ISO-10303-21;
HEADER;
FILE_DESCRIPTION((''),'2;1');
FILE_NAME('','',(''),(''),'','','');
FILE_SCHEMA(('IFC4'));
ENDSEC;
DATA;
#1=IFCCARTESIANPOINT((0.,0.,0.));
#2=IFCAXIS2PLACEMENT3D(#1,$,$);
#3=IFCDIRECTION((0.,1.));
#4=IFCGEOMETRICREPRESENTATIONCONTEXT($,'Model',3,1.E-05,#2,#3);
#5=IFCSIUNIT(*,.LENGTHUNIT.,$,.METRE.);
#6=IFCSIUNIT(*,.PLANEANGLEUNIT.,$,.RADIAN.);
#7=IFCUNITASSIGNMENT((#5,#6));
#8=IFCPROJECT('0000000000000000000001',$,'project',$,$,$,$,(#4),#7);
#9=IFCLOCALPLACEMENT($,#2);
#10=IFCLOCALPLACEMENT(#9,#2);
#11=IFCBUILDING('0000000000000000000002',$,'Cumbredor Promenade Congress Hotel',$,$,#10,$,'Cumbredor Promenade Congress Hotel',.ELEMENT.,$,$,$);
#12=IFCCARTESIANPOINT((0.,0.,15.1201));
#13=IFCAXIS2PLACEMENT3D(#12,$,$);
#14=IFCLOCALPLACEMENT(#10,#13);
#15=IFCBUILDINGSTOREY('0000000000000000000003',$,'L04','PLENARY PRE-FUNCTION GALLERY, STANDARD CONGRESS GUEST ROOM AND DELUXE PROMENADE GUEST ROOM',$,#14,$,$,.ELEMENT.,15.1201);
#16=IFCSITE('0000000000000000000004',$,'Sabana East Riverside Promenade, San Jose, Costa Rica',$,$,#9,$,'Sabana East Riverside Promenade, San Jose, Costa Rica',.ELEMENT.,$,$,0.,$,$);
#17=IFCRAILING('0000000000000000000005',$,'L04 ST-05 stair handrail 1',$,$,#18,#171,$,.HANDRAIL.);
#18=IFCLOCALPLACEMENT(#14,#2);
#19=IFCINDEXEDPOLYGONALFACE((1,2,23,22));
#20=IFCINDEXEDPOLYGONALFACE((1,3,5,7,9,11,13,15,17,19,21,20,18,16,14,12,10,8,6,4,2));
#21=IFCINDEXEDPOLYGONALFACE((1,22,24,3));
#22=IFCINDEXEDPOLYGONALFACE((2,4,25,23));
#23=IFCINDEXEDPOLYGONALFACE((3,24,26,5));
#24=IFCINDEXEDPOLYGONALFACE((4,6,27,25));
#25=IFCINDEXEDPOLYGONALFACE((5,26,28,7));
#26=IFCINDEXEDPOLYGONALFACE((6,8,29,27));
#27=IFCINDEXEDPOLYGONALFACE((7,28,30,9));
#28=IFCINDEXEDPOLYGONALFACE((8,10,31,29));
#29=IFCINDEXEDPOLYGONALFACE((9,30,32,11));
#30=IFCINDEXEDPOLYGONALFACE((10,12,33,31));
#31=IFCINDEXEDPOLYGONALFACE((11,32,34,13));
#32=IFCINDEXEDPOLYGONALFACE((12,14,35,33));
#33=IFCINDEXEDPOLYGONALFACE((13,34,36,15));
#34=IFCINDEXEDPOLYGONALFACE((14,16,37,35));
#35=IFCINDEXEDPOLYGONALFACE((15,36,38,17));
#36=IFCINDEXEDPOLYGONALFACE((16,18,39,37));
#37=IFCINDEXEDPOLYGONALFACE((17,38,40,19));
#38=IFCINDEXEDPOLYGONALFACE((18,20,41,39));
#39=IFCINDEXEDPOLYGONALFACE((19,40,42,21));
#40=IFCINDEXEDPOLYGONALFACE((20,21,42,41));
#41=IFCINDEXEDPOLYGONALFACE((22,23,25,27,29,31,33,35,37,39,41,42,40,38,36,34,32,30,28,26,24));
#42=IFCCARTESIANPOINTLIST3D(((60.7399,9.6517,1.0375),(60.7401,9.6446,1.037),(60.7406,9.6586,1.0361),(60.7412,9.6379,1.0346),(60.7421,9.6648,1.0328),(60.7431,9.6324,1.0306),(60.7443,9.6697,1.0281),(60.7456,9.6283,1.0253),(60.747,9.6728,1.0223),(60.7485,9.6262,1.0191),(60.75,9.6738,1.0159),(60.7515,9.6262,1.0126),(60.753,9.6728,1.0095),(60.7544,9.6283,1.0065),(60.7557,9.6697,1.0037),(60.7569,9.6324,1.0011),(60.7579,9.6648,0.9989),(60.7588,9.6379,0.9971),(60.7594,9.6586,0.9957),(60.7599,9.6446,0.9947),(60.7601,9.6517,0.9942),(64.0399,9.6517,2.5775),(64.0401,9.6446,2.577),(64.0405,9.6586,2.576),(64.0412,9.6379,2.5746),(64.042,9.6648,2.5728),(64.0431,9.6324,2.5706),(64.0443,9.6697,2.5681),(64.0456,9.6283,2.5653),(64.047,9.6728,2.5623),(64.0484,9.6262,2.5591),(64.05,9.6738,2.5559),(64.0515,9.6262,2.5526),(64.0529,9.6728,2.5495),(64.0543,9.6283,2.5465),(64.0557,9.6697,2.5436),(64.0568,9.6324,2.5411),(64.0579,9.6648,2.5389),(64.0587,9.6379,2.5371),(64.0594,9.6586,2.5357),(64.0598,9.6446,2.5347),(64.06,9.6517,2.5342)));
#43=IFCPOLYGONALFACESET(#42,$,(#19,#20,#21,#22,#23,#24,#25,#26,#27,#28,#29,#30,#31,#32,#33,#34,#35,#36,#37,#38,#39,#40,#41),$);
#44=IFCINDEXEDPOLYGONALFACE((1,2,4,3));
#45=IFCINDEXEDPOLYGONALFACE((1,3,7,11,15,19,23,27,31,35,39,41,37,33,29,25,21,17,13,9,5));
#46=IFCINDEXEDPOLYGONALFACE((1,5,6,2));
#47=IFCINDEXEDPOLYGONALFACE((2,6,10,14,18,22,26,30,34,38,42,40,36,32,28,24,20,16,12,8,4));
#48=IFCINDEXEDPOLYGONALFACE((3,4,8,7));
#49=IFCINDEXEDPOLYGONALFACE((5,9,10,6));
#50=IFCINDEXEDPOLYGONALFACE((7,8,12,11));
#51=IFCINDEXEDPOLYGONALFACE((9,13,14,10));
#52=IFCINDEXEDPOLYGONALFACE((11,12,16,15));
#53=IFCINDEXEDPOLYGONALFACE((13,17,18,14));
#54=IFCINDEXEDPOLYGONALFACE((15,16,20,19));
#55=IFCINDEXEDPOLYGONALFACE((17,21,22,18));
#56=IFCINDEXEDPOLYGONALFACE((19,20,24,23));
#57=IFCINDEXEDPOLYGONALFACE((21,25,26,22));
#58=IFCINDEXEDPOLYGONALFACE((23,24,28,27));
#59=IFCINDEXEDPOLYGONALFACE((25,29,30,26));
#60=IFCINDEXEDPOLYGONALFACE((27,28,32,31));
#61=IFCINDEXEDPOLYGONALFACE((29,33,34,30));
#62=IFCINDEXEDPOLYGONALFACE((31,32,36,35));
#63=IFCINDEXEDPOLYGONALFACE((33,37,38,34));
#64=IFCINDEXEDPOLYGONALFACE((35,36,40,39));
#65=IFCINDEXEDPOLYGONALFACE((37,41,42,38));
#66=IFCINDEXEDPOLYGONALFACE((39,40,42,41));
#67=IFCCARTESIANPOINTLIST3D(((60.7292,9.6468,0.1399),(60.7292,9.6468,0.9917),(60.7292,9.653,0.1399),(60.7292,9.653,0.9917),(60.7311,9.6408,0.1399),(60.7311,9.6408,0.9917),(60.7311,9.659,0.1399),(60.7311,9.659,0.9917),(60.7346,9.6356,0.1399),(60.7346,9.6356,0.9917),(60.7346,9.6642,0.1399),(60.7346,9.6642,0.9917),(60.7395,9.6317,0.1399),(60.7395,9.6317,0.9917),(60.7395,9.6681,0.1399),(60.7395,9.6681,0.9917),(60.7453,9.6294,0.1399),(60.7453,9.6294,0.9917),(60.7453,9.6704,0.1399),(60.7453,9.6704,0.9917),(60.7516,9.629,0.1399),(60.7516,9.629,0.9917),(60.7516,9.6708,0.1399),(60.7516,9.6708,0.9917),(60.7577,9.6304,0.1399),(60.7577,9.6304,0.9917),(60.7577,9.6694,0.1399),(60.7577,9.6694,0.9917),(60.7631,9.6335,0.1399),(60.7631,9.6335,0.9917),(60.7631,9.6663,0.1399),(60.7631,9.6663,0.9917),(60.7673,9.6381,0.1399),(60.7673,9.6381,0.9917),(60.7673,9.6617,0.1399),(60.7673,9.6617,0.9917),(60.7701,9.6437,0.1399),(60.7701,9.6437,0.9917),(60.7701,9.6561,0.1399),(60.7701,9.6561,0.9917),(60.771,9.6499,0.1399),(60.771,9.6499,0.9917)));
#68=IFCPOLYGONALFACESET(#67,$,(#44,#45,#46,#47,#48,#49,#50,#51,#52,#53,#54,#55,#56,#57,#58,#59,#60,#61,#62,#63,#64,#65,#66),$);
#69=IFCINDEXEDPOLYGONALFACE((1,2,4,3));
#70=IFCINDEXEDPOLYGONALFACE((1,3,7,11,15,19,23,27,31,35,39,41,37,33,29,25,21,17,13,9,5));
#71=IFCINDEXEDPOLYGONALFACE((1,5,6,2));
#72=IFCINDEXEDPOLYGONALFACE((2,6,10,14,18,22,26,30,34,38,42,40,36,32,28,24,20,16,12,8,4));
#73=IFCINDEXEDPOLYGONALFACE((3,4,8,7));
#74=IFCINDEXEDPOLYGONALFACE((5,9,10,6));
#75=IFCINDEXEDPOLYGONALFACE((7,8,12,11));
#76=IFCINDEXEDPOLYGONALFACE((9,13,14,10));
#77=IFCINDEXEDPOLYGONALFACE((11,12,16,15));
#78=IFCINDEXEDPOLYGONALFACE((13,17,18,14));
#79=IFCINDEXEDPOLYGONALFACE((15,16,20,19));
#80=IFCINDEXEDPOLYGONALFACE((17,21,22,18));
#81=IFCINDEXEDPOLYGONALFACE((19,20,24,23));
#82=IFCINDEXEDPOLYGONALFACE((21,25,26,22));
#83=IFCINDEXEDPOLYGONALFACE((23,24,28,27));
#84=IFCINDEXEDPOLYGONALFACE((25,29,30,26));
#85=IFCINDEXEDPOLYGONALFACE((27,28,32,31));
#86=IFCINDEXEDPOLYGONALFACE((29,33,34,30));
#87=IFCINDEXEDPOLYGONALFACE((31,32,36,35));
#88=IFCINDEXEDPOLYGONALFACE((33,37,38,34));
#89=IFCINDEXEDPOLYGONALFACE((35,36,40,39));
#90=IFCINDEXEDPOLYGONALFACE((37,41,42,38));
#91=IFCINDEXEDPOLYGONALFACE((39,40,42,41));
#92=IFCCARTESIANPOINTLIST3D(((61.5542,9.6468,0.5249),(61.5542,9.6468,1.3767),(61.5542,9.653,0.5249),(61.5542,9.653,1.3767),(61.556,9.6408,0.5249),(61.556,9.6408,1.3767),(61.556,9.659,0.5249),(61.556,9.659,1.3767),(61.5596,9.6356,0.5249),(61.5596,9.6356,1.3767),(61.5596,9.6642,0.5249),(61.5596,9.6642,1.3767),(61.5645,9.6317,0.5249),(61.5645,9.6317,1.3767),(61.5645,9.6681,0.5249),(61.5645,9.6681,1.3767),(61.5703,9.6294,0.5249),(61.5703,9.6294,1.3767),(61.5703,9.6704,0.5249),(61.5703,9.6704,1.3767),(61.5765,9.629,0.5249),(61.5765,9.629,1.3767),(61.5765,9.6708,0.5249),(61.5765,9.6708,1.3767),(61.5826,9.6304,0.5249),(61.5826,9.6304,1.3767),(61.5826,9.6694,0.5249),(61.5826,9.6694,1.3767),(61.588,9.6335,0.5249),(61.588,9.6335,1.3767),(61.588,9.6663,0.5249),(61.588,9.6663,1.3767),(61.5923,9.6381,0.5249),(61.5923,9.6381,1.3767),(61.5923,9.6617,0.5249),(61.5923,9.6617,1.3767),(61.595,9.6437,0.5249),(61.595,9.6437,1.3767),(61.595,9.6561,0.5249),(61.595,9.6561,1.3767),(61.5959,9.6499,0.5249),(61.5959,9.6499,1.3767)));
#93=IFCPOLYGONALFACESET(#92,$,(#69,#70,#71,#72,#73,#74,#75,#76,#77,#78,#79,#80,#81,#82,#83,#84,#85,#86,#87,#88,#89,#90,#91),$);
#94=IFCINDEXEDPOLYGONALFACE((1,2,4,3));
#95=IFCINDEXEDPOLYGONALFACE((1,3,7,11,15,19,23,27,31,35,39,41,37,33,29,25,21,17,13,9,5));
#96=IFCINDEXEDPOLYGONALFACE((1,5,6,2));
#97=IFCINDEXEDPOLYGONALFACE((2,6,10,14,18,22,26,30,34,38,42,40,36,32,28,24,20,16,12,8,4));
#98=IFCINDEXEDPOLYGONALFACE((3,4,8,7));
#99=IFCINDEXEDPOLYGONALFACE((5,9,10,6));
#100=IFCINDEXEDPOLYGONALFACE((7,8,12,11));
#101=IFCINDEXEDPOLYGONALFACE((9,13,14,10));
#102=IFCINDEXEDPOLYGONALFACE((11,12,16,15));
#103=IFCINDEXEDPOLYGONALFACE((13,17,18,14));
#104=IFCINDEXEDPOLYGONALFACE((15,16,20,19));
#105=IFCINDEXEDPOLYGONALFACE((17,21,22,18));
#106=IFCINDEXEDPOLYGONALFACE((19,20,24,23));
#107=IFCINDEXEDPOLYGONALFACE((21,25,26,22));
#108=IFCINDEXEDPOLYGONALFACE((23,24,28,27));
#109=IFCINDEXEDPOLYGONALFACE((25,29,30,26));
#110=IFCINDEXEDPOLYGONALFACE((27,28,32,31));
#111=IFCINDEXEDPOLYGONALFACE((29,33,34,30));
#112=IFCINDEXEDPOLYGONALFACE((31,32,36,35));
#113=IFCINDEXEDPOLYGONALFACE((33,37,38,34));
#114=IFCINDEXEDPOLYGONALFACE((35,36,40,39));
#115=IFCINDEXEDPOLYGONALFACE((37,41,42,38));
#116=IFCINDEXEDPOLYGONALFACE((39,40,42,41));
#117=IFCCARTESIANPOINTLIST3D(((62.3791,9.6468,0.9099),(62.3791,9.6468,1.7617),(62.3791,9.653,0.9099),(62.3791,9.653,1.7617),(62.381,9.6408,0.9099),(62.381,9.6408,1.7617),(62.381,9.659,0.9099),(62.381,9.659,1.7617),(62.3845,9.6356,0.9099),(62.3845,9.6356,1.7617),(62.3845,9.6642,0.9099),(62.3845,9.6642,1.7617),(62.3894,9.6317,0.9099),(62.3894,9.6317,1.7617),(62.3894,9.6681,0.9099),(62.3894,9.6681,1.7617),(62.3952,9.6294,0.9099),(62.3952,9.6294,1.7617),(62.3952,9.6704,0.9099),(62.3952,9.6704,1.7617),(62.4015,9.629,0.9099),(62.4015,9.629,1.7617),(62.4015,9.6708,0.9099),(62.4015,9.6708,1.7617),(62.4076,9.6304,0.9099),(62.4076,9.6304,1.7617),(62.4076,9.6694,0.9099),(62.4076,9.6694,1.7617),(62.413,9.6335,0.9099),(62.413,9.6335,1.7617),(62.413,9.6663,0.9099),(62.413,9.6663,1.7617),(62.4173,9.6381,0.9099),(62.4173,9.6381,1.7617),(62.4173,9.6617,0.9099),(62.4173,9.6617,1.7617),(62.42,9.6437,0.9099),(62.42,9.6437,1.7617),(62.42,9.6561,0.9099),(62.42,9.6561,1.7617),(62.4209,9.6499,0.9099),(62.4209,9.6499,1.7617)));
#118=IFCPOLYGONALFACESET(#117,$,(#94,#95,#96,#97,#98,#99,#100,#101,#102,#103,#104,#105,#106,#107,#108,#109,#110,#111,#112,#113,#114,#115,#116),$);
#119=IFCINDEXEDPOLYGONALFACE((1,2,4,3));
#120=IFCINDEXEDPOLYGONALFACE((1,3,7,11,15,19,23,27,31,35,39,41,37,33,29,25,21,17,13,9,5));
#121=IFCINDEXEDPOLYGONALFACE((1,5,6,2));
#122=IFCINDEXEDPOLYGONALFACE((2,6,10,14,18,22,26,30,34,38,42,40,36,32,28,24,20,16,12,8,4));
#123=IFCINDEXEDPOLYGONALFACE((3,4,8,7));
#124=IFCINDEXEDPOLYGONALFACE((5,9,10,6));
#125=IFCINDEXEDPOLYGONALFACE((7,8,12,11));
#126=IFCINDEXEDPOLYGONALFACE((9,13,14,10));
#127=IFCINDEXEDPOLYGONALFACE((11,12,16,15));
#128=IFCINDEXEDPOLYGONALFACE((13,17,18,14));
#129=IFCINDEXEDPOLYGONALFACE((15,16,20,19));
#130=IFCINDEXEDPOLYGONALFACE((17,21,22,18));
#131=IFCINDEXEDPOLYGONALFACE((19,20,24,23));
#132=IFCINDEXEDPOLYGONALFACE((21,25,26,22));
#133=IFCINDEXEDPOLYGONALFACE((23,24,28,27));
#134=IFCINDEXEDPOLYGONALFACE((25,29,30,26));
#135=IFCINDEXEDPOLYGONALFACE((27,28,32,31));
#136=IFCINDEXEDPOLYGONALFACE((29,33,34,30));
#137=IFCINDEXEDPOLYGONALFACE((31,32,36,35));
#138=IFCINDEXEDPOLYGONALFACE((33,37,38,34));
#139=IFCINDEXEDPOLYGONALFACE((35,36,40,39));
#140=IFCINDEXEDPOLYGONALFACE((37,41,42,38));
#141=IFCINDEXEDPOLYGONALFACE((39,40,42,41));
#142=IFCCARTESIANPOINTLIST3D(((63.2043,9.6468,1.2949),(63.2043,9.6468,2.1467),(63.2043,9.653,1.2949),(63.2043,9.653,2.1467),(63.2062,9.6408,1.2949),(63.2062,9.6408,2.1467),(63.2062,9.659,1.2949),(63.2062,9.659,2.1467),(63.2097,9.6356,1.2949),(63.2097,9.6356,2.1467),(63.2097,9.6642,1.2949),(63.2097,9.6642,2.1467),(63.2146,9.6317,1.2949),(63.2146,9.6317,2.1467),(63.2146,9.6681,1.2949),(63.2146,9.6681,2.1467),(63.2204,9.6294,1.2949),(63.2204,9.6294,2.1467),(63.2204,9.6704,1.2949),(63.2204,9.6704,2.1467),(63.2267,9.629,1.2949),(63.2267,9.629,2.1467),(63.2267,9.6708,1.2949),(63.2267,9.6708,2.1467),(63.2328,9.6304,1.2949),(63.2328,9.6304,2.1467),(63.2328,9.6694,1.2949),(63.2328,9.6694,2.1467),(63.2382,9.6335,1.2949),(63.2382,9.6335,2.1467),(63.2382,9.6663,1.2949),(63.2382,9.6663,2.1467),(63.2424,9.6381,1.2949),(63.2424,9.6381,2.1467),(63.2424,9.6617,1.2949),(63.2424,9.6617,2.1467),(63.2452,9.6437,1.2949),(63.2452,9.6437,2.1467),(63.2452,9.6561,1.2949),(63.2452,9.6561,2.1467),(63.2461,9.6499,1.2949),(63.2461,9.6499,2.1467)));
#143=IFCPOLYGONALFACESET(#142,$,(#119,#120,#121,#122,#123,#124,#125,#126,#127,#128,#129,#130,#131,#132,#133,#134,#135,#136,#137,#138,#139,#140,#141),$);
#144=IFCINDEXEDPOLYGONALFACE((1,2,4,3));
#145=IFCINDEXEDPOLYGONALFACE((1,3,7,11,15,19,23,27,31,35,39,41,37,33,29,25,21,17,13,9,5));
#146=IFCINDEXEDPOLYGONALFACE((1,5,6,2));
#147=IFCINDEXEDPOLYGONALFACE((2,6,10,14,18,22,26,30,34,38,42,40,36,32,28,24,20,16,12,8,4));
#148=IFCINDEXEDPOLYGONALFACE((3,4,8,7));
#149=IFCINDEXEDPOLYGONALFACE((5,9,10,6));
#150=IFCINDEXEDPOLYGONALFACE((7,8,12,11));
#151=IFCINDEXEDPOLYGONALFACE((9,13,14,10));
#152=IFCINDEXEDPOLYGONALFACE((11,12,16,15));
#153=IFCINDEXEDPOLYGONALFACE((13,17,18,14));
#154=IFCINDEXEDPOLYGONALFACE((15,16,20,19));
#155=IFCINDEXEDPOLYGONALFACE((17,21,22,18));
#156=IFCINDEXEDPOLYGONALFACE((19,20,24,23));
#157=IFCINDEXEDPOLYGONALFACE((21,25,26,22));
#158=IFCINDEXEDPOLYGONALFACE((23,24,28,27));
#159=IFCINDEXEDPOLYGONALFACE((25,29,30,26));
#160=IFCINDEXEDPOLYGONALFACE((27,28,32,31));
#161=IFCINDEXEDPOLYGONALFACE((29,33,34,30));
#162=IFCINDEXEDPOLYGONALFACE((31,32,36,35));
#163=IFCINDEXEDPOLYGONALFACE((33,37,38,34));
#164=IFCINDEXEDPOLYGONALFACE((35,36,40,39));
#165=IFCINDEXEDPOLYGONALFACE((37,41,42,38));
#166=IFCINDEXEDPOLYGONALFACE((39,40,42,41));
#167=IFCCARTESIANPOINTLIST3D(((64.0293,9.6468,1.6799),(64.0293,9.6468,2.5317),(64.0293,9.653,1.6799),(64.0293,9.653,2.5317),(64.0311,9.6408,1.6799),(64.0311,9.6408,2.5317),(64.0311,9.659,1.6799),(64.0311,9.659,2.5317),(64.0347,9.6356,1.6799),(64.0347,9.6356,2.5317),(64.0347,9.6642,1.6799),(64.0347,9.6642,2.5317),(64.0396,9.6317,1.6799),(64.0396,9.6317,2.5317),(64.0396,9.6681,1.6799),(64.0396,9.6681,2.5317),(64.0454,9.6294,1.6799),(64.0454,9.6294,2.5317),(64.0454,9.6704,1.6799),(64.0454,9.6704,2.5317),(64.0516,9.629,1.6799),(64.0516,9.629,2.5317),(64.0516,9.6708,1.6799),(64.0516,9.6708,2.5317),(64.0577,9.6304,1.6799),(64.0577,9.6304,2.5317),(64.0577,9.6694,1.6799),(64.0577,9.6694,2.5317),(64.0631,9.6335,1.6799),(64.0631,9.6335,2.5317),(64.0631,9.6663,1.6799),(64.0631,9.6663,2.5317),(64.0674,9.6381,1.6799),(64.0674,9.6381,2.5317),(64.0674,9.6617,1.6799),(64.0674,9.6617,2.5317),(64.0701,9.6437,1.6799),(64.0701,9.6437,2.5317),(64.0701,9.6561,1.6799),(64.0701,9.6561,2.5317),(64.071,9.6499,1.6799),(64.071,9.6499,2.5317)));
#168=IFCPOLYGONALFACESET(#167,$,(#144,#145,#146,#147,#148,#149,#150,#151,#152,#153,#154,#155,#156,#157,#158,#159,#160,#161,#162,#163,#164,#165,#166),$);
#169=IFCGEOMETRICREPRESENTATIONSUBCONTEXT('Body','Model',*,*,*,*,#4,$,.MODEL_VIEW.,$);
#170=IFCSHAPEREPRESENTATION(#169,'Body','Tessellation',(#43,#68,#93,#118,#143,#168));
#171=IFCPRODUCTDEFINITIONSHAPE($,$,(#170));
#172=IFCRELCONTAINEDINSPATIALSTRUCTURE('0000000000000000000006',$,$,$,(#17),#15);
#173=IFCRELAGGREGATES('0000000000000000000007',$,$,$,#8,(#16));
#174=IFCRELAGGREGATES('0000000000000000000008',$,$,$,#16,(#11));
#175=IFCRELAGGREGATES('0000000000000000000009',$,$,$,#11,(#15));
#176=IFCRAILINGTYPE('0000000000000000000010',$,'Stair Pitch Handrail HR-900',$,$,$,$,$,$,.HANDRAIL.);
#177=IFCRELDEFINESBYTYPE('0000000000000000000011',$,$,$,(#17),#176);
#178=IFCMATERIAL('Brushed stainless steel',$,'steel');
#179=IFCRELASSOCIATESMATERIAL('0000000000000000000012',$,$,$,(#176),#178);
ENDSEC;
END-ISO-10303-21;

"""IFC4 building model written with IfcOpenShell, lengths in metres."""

from ifc_helpers import new_model, si_unit, direction, frame, origin, origin_2d, place, context, subcontext, project, spatial, circle, extrude, material, type_object, element, save


model = new_model("IFC4")

# Units and contexts
model_context = context("Model", 3, precision=1e-05, world=origin(), true_north=direction((0.0, 1.0)))
body_context = subcontext(model_context, "Body", "Model", "MODEL_VIEW")
ifc_project = project(units=[si_unit("LENGTHUNIT", "METRE"), si_unit("PLANEANGLEUNIT", "RADIAN")], contexts=[model_context])

# Site, building, storey
site_placement = place(None, origin())
site = spatial("IfcSite", under=ifc_project, at=site_placement, Name="Sabana East Riverside Promenade, San Jose, Costa Rica", LongName="Sabana East Riverside Promenade, San Jose, Costa Rica", CompositionType="ELEMENT", RefElevation=0.0)
building_placement = place(site_placement, origin())
building = spatial("IfcBuilding", under=site, at=building_placement, Name="Cumbredor Promenade Congress Hotel", LongName="Cumbredor Promenade Congress Hotel", CompositionType="ELEMENT")
storey_placement = place(building_placement, frame((0.0, 0.0, 15.1201)))
storey = spatial("IfcBuildingStorey", under=building, at=storey_placement, Name="L04", Description="PLENARY PRE-FUNCTION GALLERY, STANDARD CONGRESS GUEST ROOM AND DELUXE PROMENADE GUEST ROOM", CompositionType="ELEMENT", Elevation=15.1201)

# Railing
ifc_material_1 = material(Name="Brushed stainless steel", Category="steel")
railing_type_1 = type_object("IfcRailingType", Name="Stair Pitch Handrail HR-900", PredefinedType="HANDRAIL", material=ifc_material_1)
railing_1_placement = place(storey_placement, frame((60.75, 9.6499, 0.1399)))
element("IfcRailing", 1, at=railing_1_placement, inside=storey, type_object=railing_type_1, Name="L04 ST-05 stair handrail 1", PredefinedType="HANDRAIL", context=body_context, shape_type="SweptSolid", body=[
    extrude(circle(Radius=0.0239, at=origin_2d()), frame((0.0, 0.0, 0.876), z_axis=(0.906181, 0.0, 0.422889), x_axis=(0.0, 1.0, 0.0)), (0.0, 0.0, 1.0), 3.6416),
    extrude(circle(Radius=0.021, at=origin_2d()), origin(), (0.0, 0.0, 1.0), 0.8518),
    extrude(circle(Radius=0.021, at=origin_2d()), frame((0.825, 0.0, 0.385)), (0.0, 0.0, 1.0), 0.8518),
    extrude(circle(Radius=0.021, at=origin_2d()), frame((1.6499, 0.0, 0.77)), (0.0, 0.0, 1.0), 0.8518),
    extrude(circle(Radius=0.021, at=origin_2d()), frame((2.4751, 0.0, 1.155)), (0.0, 0.0, 1.0), 0.8518),
    extrude(circle(Radius=0.021, at=origin_2d()), frame((3.3, 0.0, 1.54)), (0.0, 0.0, 1.0), 0.8518),
])

save(model, "model.ifc")
